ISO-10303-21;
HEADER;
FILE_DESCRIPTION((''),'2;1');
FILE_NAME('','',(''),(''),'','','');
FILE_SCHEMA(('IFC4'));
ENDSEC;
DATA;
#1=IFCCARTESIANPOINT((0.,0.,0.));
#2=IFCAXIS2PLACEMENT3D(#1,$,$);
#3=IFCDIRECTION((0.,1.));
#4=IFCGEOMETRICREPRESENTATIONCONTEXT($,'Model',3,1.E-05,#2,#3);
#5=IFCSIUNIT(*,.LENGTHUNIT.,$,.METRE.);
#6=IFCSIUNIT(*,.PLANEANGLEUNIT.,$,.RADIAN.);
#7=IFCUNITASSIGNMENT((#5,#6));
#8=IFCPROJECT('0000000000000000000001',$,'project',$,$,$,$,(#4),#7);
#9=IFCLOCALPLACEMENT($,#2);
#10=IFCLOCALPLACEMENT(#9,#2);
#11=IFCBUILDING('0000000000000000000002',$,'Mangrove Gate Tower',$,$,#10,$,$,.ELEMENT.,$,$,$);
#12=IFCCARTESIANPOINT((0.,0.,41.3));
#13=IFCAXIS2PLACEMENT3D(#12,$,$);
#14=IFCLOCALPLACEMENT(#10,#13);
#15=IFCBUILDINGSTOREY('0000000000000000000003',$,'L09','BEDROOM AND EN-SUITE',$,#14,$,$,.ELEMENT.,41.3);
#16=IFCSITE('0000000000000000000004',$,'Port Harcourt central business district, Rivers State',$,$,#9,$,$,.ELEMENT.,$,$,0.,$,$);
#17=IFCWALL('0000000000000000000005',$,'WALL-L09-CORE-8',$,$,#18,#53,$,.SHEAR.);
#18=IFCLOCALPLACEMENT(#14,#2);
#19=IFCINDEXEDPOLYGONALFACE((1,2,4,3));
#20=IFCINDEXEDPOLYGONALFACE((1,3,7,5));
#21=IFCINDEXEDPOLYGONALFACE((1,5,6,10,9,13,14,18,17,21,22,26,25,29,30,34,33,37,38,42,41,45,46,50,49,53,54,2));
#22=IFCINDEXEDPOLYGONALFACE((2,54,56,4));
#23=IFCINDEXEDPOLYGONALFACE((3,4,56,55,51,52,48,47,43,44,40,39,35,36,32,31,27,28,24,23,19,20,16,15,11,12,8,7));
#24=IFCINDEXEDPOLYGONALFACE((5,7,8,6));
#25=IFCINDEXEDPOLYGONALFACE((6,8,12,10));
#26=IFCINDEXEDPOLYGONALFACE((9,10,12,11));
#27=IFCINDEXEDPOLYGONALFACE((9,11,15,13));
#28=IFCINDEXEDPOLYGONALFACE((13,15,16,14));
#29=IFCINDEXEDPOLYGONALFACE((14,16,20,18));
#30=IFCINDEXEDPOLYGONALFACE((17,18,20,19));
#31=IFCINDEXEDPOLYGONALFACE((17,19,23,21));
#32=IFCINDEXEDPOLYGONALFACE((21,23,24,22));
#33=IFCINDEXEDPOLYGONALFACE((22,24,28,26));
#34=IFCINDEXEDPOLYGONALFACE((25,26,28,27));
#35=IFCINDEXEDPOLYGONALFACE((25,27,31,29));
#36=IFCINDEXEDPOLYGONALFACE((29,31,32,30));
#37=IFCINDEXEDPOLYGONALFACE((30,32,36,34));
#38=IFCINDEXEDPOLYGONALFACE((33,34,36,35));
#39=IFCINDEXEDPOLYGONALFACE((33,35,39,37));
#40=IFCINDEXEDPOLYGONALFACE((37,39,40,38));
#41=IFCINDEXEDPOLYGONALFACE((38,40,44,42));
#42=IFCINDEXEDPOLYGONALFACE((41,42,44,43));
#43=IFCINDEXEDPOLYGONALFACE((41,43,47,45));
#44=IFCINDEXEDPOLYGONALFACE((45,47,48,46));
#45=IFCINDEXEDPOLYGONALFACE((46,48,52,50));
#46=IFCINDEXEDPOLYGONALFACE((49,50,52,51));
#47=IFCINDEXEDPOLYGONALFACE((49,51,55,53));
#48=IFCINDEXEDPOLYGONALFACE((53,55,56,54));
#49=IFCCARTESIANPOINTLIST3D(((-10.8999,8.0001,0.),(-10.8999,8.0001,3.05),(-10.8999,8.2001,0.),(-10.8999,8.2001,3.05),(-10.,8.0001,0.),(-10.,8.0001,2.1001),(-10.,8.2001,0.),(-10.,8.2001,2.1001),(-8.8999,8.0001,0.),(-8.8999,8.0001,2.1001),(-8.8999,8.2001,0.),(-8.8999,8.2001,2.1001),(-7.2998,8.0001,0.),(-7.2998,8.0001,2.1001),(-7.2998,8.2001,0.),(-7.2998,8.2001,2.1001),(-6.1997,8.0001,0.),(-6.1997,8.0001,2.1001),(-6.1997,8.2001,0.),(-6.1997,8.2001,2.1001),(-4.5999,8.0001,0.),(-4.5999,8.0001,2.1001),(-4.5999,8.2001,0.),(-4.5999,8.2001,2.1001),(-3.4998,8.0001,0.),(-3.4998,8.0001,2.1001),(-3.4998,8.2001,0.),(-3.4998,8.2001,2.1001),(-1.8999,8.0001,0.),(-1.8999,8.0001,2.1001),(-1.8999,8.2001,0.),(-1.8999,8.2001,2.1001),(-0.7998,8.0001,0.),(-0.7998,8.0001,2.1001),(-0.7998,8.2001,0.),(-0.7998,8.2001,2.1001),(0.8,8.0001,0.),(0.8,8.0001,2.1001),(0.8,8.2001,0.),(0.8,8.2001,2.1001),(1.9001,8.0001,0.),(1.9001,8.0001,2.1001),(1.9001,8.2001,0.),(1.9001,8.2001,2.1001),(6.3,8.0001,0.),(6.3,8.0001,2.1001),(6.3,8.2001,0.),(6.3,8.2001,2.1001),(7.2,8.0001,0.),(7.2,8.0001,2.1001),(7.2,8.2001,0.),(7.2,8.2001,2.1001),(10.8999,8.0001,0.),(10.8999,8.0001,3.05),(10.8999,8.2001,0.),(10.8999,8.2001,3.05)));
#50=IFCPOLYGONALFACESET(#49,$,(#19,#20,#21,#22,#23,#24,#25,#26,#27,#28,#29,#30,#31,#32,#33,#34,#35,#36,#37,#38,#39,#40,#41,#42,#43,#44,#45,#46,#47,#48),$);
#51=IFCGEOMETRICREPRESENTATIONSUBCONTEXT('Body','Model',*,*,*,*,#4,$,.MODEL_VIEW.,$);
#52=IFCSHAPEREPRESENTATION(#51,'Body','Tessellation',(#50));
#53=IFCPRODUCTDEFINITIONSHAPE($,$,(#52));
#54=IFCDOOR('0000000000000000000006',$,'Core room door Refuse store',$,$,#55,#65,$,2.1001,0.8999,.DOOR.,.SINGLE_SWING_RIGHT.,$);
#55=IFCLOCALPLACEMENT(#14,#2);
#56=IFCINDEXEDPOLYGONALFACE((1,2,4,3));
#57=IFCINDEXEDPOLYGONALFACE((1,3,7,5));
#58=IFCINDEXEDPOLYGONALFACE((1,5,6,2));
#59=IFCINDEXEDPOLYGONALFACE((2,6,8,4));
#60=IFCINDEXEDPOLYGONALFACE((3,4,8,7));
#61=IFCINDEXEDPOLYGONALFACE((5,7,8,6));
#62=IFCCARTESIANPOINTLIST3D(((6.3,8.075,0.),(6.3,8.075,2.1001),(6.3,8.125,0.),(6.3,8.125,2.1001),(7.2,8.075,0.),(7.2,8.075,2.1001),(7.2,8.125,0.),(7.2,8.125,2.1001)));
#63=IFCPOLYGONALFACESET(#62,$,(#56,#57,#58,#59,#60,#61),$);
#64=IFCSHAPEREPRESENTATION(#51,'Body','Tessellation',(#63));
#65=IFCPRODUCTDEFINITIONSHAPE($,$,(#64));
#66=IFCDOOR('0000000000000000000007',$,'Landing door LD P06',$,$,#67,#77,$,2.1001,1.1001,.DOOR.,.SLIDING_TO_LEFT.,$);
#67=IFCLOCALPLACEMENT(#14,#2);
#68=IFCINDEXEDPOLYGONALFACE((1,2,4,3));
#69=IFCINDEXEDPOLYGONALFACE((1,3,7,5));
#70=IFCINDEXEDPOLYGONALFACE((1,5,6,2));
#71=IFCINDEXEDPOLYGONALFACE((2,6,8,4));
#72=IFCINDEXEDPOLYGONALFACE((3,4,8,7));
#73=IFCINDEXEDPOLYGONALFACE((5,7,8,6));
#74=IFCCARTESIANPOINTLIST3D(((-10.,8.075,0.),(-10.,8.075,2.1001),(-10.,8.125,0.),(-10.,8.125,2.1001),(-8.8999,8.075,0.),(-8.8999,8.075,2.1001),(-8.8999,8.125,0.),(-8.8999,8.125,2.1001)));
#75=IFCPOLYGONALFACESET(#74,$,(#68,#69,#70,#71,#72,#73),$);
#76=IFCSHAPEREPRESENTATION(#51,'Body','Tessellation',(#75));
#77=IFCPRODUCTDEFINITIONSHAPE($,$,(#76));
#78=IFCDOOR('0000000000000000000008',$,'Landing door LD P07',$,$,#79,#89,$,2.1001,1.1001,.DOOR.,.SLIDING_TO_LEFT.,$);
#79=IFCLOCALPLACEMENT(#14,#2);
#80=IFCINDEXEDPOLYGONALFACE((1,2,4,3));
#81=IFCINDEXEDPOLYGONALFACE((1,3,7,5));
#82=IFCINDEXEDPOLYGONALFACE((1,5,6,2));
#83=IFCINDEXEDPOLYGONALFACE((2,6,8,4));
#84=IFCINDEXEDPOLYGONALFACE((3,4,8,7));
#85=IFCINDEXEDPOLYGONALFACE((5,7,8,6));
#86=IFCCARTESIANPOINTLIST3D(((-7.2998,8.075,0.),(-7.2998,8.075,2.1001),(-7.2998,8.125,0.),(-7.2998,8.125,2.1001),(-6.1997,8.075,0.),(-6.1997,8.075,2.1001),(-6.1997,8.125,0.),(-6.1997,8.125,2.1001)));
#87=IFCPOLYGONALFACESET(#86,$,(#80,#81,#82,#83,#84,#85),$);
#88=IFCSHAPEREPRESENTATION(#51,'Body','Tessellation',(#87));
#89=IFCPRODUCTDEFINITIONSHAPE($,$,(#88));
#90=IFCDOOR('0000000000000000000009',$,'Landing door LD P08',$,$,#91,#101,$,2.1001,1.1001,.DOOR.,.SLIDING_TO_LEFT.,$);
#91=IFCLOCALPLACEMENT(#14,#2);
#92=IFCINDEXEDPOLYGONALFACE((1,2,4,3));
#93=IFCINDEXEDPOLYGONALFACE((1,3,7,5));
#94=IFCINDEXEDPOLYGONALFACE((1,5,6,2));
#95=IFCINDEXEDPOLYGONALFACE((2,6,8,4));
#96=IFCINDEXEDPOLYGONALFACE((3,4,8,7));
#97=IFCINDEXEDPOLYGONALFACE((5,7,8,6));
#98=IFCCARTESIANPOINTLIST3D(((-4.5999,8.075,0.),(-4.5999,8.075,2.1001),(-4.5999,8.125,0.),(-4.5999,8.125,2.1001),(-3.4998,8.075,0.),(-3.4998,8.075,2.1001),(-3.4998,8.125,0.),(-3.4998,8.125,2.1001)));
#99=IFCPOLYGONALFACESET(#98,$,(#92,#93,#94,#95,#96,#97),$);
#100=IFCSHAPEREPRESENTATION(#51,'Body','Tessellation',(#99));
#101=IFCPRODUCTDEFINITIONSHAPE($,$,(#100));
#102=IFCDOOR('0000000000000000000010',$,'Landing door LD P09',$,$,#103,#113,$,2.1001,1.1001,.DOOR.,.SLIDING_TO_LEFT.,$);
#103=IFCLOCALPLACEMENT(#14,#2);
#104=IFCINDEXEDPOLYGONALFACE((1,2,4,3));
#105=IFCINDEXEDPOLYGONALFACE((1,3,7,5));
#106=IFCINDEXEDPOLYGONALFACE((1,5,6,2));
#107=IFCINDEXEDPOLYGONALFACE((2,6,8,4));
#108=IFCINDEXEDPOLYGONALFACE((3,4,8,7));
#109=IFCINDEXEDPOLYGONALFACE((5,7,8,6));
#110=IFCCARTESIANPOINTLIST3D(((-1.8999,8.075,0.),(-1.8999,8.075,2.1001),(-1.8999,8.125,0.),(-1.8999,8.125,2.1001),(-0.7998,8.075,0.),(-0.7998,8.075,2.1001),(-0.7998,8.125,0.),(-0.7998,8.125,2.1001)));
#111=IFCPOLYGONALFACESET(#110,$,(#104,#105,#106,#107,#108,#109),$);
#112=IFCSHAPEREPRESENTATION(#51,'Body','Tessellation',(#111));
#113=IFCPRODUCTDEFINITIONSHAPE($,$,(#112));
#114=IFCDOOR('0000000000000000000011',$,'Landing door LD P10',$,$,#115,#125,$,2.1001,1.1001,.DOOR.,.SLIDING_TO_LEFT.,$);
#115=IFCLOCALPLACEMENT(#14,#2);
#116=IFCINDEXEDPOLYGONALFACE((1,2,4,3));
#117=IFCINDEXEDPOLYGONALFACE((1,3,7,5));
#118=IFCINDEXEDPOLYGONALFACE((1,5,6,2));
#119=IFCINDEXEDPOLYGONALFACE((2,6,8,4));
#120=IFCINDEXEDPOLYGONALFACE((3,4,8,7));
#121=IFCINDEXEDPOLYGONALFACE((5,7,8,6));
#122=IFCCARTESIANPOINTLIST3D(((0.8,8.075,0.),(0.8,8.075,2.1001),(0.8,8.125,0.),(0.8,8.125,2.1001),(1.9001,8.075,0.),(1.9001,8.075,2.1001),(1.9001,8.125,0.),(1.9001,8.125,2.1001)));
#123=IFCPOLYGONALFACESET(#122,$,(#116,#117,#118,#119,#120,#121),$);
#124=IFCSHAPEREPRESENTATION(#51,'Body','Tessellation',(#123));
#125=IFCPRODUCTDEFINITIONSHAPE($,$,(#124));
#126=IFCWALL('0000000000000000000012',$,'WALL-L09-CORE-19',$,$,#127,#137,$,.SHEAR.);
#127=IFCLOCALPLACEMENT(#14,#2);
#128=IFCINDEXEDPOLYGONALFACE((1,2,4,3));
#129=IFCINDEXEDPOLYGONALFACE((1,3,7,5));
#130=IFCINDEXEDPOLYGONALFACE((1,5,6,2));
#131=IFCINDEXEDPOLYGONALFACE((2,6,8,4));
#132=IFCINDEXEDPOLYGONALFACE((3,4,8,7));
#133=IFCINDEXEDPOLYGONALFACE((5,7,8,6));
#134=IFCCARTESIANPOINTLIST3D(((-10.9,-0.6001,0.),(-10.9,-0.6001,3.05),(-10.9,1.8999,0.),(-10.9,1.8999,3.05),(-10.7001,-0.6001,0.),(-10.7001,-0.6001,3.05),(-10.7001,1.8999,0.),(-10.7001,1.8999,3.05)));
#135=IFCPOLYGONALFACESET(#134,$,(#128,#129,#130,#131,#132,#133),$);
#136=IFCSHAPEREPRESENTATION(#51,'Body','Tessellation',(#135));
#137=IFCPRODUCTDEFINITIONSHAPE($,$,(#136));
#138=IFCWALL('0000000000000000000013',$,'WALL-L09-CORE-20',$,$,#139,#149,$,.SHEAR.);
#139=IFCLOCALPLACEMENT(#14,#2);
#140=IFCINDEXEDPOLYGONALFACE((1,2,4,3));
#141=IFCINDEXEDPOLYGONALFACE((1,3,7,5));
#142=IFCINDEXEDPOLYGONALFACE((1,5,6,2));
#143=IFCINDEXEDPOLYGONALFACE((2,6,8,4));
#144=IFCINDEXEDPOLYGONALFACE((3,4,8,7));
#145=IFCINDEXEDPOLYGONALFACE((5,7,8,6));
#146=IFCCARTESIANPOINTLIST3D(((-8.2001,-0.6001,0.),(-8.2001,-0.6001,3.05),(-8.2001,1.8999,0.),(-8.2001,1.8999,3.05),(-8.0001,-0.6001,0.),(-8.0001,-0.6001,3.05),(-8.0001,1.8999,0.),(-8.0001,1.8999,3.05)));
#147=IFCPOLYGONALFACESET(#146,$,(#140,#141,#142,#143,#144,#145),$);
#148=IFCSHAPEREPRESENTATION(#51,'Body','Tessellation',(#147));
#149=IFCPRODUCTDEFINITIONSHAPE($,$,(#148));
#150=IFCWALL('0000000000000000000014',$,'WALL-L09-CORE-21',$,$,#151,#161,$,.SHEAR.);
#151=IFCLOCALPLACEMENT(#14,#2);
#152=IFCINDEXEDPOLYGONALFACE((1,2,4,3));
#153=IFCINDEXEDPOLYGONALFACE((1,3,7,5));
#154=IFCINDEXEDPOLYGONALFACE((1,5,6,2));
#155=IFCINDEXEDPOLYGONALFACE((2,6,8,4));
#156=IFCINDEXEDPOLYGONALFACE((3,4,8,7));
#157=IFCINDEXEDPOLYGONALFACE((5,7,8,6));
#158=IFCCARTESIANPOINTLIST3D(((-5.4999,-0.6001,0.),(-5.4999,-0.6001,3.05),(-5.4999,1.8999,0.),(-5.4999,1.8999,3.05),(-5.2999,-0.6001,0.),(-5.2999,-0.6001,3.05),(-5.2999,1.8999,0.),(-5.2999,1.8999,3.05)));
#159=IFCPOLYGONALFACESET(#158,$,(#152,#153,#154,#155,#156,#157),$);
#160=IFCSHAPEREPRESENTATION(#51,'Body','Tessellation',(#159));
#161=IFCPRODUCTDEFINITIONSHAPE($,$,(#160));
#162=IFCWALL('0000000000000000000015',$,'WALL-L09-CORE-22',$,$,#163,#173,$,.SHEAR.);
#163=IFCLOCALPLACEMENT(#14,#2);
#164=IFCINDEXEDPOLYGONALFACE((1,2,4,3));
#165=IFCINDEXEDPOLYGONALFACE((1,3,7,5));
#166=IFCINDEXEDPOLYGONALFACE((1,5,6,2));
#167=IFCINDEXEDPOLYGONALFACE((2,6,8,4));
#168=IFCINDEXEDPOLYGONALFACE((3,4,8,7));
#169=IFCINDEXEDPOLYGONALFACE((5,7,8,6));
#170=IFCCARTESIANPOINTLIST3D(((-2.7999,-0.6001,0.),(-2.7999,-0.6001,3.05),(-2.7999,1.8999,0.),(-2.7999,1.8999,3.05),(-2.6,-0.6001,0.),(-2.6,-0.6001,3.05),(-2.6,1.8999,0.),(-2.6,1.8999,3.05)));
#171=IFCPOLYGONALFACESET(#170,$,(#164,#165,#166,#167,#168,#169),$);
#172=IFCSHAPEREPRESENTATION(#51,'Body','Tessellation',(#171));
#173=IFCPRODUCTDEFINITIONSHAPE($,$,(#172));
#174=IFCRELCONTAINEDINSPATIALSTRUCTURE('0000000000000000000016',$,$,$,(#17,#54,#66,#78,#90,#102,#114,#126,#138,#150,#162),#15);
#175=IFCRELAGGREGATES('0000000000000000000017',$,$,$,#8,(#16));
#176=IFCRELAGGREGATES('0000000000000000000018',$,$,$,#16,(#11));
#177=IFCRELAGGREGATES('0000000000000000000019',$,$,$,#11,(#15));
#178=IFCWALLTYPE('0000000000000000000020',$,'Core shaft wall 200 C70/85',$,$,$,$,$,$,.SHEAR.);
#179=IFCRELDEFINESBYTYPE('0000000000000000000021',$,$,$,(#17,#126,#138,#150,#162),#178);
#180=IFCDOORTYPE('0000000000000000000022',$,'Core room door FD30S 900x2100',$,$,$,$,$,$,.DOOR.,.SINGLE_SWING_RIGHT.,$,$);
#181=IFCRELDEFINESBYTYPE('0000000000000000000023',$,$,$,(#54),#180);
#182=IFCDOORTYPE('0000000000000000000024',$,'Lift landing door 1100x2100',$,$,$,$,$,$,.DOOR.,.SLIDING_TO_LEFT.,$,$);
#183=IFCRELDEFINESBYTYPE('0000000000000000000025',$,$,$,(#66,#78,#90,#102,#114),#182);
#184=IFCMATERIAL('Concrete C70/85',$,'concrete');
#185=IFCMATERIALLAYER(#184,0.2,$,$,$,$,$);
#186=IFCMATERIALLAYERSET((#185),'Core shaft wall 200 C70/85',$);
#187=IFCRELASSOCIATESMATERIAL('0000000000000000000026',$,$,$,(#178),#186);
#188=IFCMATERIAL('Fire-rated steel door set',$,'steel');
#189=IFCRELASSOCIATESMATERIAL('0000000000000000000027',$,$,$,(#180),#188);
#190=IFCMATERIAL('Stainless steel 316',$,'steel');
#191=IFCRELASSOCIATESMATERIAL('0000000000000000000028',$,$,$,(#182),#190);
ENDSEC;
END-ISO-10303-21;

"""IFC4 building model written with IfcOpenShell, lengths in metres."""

from ifc_helpers import new_model, si_unit, direction, frame, frame_2d, origin, place, context, subcontext, project, spatial, rectangle, extrude, material, layer, layer_set, type_object, element, fill, save


model = new_model("IFC4")

# Units and contexts
model_context = context("Model", 3, precision=1e-05, world=origin(), true_north=direction((0.0, 1.0)))
body_context = subcontext(model_context, "Body", "Model", "MODEL_VIEW")
ifc_project = project(units=[si_unit("LENGTHUNIT", "METRE"), si_unit("PLANEANGLEUNIT", "RADIAN")], contexts=[model_context])

# Site, building, storey
site_placement = place(None, origin())
site = spatial("IfcSite", under=ifc_project, at=site_placement, Name="Port Harcourt central business district, Rivers State", CompositionType="ELEMENT", RefElevation=0.0)
building_placement = place(site_placement, origin())
building = spatial("IfcBuilding", under=site, at=building_placement, Name="Mangrove Gate Tower", CompositionType="ELEMENT")
storey_placement = place(building_placement, frame((0.0, 0.0, 41.3)))
storey = spatial("IfcBuildingStorey", under=building, at=storey_placement, Name="L09", Description="BEDROOM AND EN-SUITE", CompositionType="ELEMENT", Elevation=41.3)

# Wall, openings, doors
ifc_material_1 = material(Name="Concrete C70/85", Category="concrete")
ifc_layer = layer(ifc_material_1, 0.2)
ifc_layer_set = layer_set([ifc_layer], Name="Core shaft wall 200 C70/85")
wall_type = type_object("IfcWallType", Name="Core shaft wall 200 C70/85", PredefinedType="SHEAR", material=ifc_layer_set)
wall_placement = place(storey_placement, frame((-10.8999, 8.1001, 0.0), z_axis=(0.0, 0.0, 1.0), x_axis=(1.0, 0.0, 0.0)))
wall = element("IfcWall", 1, at=wall_placement, inside=storey, type_object=wall_type, Name="WALL-L09-CORE-8", PredefinedType="SHEAR", context=body_context, shape_type="SweptSolid", body=[
    extrude(rectangle(XDim=21.7998, YDim=0.2, at=frame_2d((10.8999, 0.0))), origin(), (0.0, 0.0, 1.0), 3.05),
])
opening_1_placement = place(wall_placement, frame((0.8999, 0.0, 0.0)))
opening_1 = element("IfcOpeningElement", 2, at=opening_1_placement, cuts=wall, PredefinedType="OPENING", context=body_context, shape_type="SweptSolid", body=[
    extrude(rectangle(XDim=1.1001, YDim=2.1001, at=frame_2d((0.55, 1.05))), frame((0.0, 0.1099, 0.0), z_axis=(0.0, -1.0, 0.0), x_axis=(1.0, 0.0, 0.0)), (0.0, 0.0, 1.0), 0.22),
])
opening_2_placement = place(wall_placement, frame((3.6001, 0.0, 0.0)))
opening_2 = element("IfcOpeningElement", 3, at=opening_2_placement, cuts=wall, PredefinedType="OPENING", context=body_context, shape_type="SweptSolid", body=[
    extrude(rectangle(XDim=1.1001, YDim=2.1001, at=frame_2d((0.55, 1.05))), frame((0.0, 0.1099, 0.0), z_axis=(0.0, -1.0, 0.0), x_axis=(1.0, 0.0, 0.0)), (0.0, 0.0, 1.0), 0.22),
])
opening_3_placement = place(wall_placement, frame((6.3, 0.0, 0.0)))
opening_3 = element("IfcOpeningElement", 4, at=opening_3_placement, cuts=wall, PredefinedType="OPENING", context=body_context, shape_type="SweptSolid", body=[
    extrude(rectangle(XDim=1.1001, YDim=2.1001, at=frame_2d((0.55, 1.05))), frame((0.0, 0.1099, 0.0), z_axis=(0.0, -1.0, 0.0), x_axis=(1.0, 0.0, 0.0)), (0.0, 0.0, 1.0), 0.22),
])
opening_4_placement = place(wall_placement, frame((9.0, 0.0, 0.0)))
opening_4 = element("IfcOpeningElement", 5, at=opening_4_placement, cuts=wall, PredefinedType="OPENING", context=body_context, shape_type="SweptSolid", body=[
    extrude(rectangle(XDim=1.1001, YDim=2.1001, at=frame_2d((0.55, 1.05))), frame((0.0, 0.1099, 0.0), z_axis=(0.0, -1.0, 0.0), x_axis=(1.0, 0.0, 0.0)), (0.0, 0.0, 1.0), 0.22),
])
opening_5_placement = place(wall_placement, frame((11.7, 0.0, 0.0)))
opening_5 = element("IfcOpeningElement", 6, at=opening_5_placement, cuts=wall, PredefinedType="OPENING", context=body_context, shape_type="SweptSolid", body=[
    extrude(rectangle(XDim=1.1001, YDim=2.1001, at=frame_2d((0.55, 1.05))), frame((0.0, 0.1099, 0.0), z_axis=(0.0, -1.0, 0.0), x_axis=(1.0, 0.0, 0.0)), (0.0, 0.0, 1.0), 0.22),
])
opening_6_placement = place(wall_placement, frame((17.2, 0.0, 0.0)))
opening_6 = element("IfcOpeningElement", 7, at=opening_6_placement, cuts=wall, PredefinedType="OPENING", context=body_context, shape_type="SweptSolid", body=[
    extrude(rectangle(XDim=0.8999, YDim=2.1001, at=frame_2d((0.45, 1.05))), frame((0.0, 0.1099, 0.0), z_axis=(0.0, -1.0, 0.0), x_axis=(1.0, 0.0, 0.0)), (0.0, 0.0, 1.0), 0.22),
])
ifc_material_2 = material(Name="Fire-rated steel door set", Category="steel")
door_type_1 = type_object("IfcDoorType", Name="Core room door FD30S 900x2100", OperationType="SINGLE_SWING_RIGHT", PredefinedType="DOOR", material=ifc_material_2)
door_1_placement = place(opening_6_placement, origin())
door_1 = element("IfcDoor", 8, at=door_1_placement, inside=storey, type_object=door_type_1, Name="Core room door Refuse store", OperationType="SINGLE_SWING_RIGHT", OverallHeight=2.1001, OverallWidth=0.8999, PredefinedType="DOOR", context=body_context, shape_type="SweptSolid", body=[
    extrude(rectangle(XDim=0.8999, YDim=2.1001, at=frame_2d((0.45, 1.05))), frame((0.0, 0.0249, 0.0), z_axis=(0.0, -1.0, 0.0), x_axis=(1.0, 0.0, 0.0)), (0.0, 0.0, 1.0), 0.05),
])
fill(opening_6, door_1)
ifc_material_3 = material(Name="Stainless steel 316", Category="steel")
door_type_2 = type_object("IfcDoorType", Name="Lift landing door 1100x2100", OperationType="SLIDING_TO_LEFT", PredefinedType="DOOR", material=ifc_material_3)
door_2_placement = place(opening_1_placement, origin())
door_2 = element("IfcDoor", 9, at=door_2_placement, inside=storey, type_object=door_type_2, Name="Landing door LD P06", OperationType="SLIDING_TO_LEFT", OverallHeight=2.1001, OverallWidth=1.1001, PredefinedType="DOOR", context=body_context, shape_type="SweptSolid", body=[
    extrude(rectangle(XDim=1.1001, YDim=2.1001, at=frame_2d((0.55, 1.05))), frame((0.0, 0.0249, 0.0), z_axis=(0.0, -1.0, 0.0), x_axis=(1.0, 0.0, 0.0)), (0.0, 0.0, 1.0), 0.05),
])
fill(opening_1, door_2)
door_3_placement = place(opening_2_placement, origin())
door_3 = element("IfcDoor", 10, at=door_3_placement, inside=storey, type_object=door_type_2, Name="Landing door LD P07", OperationType="SLIDING_TO_LEFT", OverallHeight=2.1001, OverallWidth=1.1001, PredefinedType="DOOR", context=body_context, shape_type="SweptSolid", body=[
    extrude(rectangle(XDim=1.1001, YDim=2.1001, at=frame_2d((0.55, 1.05))), frame((0.0, 0.0249, 0.0), z_axis=(0.0, -1.0, 0.0), x_axis=(1.0, 0.0, 0.0)), (0.0, 0.0, 1.0), 0.05),
])
fill(opening_2, door_3)
door_4_placement = place(opening_3_placement, origin())
door_4 = element("IfcDoor", 11, at=door_4_placement, inside=storey, type_object=door_type_2, Name="Landing door LD P08", OperationType="SLIDING_TO_LEFT", OverallHeight=2.1001, OverallWidth=1.1001, PredefinedType="DOOR", context=body_context, shape_type="SweptSolid", body=[
    extrude(rectangle(XDim=1.1001, YDim=2.1001, at=frame_2d((0.55, 1.05))), frame((0.0, 0.0249, 0.0), z_axis=(0.0, -1.0, 0.0), x_axis=(1.0, 0.0, 0.0)), (0.0, 0.0, 1.0), 0.05),
])
fill(opening_3, door_4)
door_5_placement = place(opening_4_placement, origin())
door_5 = element("IfcDoor", 12, at=door_5_placement, inside=storey, type_object=door_type_2, Name="Landing door LD P09", OperationType="SLIDING_TO_LEFT", OverallHeight=2.1001, OverallWidth=1.1001, PredefinedType="DOOR", context=body_context, shape_type="SweptSolid", body=[
    extrude(rectangle(XDim=1.1001, YDim=2.1001, at=frame_2d((0.55, 1.05))), frame((0.0, 0.0249, 0.0), z_axis=(0.0, -1.0, 0.0), x_axis=(1.0, 0.0, 0.0)), (0.0, 0.0, 1.0), 0.05),
])
fill(opening_4, door_5)
door_6_placement = place(opening_5_placement, origin())
door_6 = element("IfcDoor", 13, at=door_6_placement, inside=storey, type_object=door_type_2, Name="Landing door LD P10", OperationType="SLIDING_TO_LEFT", OverallHeight=2.1001, OverallWidth=1.1001, PredefinedType="DOOR", context=body_context, shape_type="SweptSolid", body=[
    extrude(rectangle(XDim=1.1001, YDim=2.1001, at=frame_2d((0.55, 1.05))), frame((0.0, 0.0249, 0.0), z_axis=(0.0, -1.0, 0.0), x_axis=(1.0, 0.0, 0.0)), (0.0, 0.0, 1.0), 0.05),
])
fill(opening_5, door_6)

# Walls
for number, where, z_axis, x_axis, name in (
    (14, (-10.8, -0.6001, 0.0), (0.0, 0.0, 1.0), (0.0, 1.0, 0.0), "WALL-L09-CORE-19"),
    (15, (-8.1001, -0.6001, 0.0), (0.0, 0.0, 1.0), (0.0, 1.0, 0.0), "WALL-L09-CORE-20"),
    (16, (-5.3999, -0.6001, 0.0), (0.0, 0.0, 1.0), (0.0, 1.0, 0.0), "WALL-L09-CORE-21"),
    (17, (-2.7, -0.6001, 0.0), (0.0, 0.0, 1.0), (0.0, 1.0, 0.0), "WALL-L09-CORE-22"),
):
    element("IfcWall", number, at=place(storey_placement, frame(where, z_axis=z_axis, x_axis=x_axis)), inside=storey, type_object=wall_type, Name=name, PredefinedType="SHEAR", context=body_context, shape_type="SweptSolid", body=[
        extrude(rectangle(XDim=2.5, YDim=0.2, at=frame_2d((1.25, 0.0))), origin(), (0.0, 0.0, 1.0), 3.05),
    ])

save(model, "model.ifc")
